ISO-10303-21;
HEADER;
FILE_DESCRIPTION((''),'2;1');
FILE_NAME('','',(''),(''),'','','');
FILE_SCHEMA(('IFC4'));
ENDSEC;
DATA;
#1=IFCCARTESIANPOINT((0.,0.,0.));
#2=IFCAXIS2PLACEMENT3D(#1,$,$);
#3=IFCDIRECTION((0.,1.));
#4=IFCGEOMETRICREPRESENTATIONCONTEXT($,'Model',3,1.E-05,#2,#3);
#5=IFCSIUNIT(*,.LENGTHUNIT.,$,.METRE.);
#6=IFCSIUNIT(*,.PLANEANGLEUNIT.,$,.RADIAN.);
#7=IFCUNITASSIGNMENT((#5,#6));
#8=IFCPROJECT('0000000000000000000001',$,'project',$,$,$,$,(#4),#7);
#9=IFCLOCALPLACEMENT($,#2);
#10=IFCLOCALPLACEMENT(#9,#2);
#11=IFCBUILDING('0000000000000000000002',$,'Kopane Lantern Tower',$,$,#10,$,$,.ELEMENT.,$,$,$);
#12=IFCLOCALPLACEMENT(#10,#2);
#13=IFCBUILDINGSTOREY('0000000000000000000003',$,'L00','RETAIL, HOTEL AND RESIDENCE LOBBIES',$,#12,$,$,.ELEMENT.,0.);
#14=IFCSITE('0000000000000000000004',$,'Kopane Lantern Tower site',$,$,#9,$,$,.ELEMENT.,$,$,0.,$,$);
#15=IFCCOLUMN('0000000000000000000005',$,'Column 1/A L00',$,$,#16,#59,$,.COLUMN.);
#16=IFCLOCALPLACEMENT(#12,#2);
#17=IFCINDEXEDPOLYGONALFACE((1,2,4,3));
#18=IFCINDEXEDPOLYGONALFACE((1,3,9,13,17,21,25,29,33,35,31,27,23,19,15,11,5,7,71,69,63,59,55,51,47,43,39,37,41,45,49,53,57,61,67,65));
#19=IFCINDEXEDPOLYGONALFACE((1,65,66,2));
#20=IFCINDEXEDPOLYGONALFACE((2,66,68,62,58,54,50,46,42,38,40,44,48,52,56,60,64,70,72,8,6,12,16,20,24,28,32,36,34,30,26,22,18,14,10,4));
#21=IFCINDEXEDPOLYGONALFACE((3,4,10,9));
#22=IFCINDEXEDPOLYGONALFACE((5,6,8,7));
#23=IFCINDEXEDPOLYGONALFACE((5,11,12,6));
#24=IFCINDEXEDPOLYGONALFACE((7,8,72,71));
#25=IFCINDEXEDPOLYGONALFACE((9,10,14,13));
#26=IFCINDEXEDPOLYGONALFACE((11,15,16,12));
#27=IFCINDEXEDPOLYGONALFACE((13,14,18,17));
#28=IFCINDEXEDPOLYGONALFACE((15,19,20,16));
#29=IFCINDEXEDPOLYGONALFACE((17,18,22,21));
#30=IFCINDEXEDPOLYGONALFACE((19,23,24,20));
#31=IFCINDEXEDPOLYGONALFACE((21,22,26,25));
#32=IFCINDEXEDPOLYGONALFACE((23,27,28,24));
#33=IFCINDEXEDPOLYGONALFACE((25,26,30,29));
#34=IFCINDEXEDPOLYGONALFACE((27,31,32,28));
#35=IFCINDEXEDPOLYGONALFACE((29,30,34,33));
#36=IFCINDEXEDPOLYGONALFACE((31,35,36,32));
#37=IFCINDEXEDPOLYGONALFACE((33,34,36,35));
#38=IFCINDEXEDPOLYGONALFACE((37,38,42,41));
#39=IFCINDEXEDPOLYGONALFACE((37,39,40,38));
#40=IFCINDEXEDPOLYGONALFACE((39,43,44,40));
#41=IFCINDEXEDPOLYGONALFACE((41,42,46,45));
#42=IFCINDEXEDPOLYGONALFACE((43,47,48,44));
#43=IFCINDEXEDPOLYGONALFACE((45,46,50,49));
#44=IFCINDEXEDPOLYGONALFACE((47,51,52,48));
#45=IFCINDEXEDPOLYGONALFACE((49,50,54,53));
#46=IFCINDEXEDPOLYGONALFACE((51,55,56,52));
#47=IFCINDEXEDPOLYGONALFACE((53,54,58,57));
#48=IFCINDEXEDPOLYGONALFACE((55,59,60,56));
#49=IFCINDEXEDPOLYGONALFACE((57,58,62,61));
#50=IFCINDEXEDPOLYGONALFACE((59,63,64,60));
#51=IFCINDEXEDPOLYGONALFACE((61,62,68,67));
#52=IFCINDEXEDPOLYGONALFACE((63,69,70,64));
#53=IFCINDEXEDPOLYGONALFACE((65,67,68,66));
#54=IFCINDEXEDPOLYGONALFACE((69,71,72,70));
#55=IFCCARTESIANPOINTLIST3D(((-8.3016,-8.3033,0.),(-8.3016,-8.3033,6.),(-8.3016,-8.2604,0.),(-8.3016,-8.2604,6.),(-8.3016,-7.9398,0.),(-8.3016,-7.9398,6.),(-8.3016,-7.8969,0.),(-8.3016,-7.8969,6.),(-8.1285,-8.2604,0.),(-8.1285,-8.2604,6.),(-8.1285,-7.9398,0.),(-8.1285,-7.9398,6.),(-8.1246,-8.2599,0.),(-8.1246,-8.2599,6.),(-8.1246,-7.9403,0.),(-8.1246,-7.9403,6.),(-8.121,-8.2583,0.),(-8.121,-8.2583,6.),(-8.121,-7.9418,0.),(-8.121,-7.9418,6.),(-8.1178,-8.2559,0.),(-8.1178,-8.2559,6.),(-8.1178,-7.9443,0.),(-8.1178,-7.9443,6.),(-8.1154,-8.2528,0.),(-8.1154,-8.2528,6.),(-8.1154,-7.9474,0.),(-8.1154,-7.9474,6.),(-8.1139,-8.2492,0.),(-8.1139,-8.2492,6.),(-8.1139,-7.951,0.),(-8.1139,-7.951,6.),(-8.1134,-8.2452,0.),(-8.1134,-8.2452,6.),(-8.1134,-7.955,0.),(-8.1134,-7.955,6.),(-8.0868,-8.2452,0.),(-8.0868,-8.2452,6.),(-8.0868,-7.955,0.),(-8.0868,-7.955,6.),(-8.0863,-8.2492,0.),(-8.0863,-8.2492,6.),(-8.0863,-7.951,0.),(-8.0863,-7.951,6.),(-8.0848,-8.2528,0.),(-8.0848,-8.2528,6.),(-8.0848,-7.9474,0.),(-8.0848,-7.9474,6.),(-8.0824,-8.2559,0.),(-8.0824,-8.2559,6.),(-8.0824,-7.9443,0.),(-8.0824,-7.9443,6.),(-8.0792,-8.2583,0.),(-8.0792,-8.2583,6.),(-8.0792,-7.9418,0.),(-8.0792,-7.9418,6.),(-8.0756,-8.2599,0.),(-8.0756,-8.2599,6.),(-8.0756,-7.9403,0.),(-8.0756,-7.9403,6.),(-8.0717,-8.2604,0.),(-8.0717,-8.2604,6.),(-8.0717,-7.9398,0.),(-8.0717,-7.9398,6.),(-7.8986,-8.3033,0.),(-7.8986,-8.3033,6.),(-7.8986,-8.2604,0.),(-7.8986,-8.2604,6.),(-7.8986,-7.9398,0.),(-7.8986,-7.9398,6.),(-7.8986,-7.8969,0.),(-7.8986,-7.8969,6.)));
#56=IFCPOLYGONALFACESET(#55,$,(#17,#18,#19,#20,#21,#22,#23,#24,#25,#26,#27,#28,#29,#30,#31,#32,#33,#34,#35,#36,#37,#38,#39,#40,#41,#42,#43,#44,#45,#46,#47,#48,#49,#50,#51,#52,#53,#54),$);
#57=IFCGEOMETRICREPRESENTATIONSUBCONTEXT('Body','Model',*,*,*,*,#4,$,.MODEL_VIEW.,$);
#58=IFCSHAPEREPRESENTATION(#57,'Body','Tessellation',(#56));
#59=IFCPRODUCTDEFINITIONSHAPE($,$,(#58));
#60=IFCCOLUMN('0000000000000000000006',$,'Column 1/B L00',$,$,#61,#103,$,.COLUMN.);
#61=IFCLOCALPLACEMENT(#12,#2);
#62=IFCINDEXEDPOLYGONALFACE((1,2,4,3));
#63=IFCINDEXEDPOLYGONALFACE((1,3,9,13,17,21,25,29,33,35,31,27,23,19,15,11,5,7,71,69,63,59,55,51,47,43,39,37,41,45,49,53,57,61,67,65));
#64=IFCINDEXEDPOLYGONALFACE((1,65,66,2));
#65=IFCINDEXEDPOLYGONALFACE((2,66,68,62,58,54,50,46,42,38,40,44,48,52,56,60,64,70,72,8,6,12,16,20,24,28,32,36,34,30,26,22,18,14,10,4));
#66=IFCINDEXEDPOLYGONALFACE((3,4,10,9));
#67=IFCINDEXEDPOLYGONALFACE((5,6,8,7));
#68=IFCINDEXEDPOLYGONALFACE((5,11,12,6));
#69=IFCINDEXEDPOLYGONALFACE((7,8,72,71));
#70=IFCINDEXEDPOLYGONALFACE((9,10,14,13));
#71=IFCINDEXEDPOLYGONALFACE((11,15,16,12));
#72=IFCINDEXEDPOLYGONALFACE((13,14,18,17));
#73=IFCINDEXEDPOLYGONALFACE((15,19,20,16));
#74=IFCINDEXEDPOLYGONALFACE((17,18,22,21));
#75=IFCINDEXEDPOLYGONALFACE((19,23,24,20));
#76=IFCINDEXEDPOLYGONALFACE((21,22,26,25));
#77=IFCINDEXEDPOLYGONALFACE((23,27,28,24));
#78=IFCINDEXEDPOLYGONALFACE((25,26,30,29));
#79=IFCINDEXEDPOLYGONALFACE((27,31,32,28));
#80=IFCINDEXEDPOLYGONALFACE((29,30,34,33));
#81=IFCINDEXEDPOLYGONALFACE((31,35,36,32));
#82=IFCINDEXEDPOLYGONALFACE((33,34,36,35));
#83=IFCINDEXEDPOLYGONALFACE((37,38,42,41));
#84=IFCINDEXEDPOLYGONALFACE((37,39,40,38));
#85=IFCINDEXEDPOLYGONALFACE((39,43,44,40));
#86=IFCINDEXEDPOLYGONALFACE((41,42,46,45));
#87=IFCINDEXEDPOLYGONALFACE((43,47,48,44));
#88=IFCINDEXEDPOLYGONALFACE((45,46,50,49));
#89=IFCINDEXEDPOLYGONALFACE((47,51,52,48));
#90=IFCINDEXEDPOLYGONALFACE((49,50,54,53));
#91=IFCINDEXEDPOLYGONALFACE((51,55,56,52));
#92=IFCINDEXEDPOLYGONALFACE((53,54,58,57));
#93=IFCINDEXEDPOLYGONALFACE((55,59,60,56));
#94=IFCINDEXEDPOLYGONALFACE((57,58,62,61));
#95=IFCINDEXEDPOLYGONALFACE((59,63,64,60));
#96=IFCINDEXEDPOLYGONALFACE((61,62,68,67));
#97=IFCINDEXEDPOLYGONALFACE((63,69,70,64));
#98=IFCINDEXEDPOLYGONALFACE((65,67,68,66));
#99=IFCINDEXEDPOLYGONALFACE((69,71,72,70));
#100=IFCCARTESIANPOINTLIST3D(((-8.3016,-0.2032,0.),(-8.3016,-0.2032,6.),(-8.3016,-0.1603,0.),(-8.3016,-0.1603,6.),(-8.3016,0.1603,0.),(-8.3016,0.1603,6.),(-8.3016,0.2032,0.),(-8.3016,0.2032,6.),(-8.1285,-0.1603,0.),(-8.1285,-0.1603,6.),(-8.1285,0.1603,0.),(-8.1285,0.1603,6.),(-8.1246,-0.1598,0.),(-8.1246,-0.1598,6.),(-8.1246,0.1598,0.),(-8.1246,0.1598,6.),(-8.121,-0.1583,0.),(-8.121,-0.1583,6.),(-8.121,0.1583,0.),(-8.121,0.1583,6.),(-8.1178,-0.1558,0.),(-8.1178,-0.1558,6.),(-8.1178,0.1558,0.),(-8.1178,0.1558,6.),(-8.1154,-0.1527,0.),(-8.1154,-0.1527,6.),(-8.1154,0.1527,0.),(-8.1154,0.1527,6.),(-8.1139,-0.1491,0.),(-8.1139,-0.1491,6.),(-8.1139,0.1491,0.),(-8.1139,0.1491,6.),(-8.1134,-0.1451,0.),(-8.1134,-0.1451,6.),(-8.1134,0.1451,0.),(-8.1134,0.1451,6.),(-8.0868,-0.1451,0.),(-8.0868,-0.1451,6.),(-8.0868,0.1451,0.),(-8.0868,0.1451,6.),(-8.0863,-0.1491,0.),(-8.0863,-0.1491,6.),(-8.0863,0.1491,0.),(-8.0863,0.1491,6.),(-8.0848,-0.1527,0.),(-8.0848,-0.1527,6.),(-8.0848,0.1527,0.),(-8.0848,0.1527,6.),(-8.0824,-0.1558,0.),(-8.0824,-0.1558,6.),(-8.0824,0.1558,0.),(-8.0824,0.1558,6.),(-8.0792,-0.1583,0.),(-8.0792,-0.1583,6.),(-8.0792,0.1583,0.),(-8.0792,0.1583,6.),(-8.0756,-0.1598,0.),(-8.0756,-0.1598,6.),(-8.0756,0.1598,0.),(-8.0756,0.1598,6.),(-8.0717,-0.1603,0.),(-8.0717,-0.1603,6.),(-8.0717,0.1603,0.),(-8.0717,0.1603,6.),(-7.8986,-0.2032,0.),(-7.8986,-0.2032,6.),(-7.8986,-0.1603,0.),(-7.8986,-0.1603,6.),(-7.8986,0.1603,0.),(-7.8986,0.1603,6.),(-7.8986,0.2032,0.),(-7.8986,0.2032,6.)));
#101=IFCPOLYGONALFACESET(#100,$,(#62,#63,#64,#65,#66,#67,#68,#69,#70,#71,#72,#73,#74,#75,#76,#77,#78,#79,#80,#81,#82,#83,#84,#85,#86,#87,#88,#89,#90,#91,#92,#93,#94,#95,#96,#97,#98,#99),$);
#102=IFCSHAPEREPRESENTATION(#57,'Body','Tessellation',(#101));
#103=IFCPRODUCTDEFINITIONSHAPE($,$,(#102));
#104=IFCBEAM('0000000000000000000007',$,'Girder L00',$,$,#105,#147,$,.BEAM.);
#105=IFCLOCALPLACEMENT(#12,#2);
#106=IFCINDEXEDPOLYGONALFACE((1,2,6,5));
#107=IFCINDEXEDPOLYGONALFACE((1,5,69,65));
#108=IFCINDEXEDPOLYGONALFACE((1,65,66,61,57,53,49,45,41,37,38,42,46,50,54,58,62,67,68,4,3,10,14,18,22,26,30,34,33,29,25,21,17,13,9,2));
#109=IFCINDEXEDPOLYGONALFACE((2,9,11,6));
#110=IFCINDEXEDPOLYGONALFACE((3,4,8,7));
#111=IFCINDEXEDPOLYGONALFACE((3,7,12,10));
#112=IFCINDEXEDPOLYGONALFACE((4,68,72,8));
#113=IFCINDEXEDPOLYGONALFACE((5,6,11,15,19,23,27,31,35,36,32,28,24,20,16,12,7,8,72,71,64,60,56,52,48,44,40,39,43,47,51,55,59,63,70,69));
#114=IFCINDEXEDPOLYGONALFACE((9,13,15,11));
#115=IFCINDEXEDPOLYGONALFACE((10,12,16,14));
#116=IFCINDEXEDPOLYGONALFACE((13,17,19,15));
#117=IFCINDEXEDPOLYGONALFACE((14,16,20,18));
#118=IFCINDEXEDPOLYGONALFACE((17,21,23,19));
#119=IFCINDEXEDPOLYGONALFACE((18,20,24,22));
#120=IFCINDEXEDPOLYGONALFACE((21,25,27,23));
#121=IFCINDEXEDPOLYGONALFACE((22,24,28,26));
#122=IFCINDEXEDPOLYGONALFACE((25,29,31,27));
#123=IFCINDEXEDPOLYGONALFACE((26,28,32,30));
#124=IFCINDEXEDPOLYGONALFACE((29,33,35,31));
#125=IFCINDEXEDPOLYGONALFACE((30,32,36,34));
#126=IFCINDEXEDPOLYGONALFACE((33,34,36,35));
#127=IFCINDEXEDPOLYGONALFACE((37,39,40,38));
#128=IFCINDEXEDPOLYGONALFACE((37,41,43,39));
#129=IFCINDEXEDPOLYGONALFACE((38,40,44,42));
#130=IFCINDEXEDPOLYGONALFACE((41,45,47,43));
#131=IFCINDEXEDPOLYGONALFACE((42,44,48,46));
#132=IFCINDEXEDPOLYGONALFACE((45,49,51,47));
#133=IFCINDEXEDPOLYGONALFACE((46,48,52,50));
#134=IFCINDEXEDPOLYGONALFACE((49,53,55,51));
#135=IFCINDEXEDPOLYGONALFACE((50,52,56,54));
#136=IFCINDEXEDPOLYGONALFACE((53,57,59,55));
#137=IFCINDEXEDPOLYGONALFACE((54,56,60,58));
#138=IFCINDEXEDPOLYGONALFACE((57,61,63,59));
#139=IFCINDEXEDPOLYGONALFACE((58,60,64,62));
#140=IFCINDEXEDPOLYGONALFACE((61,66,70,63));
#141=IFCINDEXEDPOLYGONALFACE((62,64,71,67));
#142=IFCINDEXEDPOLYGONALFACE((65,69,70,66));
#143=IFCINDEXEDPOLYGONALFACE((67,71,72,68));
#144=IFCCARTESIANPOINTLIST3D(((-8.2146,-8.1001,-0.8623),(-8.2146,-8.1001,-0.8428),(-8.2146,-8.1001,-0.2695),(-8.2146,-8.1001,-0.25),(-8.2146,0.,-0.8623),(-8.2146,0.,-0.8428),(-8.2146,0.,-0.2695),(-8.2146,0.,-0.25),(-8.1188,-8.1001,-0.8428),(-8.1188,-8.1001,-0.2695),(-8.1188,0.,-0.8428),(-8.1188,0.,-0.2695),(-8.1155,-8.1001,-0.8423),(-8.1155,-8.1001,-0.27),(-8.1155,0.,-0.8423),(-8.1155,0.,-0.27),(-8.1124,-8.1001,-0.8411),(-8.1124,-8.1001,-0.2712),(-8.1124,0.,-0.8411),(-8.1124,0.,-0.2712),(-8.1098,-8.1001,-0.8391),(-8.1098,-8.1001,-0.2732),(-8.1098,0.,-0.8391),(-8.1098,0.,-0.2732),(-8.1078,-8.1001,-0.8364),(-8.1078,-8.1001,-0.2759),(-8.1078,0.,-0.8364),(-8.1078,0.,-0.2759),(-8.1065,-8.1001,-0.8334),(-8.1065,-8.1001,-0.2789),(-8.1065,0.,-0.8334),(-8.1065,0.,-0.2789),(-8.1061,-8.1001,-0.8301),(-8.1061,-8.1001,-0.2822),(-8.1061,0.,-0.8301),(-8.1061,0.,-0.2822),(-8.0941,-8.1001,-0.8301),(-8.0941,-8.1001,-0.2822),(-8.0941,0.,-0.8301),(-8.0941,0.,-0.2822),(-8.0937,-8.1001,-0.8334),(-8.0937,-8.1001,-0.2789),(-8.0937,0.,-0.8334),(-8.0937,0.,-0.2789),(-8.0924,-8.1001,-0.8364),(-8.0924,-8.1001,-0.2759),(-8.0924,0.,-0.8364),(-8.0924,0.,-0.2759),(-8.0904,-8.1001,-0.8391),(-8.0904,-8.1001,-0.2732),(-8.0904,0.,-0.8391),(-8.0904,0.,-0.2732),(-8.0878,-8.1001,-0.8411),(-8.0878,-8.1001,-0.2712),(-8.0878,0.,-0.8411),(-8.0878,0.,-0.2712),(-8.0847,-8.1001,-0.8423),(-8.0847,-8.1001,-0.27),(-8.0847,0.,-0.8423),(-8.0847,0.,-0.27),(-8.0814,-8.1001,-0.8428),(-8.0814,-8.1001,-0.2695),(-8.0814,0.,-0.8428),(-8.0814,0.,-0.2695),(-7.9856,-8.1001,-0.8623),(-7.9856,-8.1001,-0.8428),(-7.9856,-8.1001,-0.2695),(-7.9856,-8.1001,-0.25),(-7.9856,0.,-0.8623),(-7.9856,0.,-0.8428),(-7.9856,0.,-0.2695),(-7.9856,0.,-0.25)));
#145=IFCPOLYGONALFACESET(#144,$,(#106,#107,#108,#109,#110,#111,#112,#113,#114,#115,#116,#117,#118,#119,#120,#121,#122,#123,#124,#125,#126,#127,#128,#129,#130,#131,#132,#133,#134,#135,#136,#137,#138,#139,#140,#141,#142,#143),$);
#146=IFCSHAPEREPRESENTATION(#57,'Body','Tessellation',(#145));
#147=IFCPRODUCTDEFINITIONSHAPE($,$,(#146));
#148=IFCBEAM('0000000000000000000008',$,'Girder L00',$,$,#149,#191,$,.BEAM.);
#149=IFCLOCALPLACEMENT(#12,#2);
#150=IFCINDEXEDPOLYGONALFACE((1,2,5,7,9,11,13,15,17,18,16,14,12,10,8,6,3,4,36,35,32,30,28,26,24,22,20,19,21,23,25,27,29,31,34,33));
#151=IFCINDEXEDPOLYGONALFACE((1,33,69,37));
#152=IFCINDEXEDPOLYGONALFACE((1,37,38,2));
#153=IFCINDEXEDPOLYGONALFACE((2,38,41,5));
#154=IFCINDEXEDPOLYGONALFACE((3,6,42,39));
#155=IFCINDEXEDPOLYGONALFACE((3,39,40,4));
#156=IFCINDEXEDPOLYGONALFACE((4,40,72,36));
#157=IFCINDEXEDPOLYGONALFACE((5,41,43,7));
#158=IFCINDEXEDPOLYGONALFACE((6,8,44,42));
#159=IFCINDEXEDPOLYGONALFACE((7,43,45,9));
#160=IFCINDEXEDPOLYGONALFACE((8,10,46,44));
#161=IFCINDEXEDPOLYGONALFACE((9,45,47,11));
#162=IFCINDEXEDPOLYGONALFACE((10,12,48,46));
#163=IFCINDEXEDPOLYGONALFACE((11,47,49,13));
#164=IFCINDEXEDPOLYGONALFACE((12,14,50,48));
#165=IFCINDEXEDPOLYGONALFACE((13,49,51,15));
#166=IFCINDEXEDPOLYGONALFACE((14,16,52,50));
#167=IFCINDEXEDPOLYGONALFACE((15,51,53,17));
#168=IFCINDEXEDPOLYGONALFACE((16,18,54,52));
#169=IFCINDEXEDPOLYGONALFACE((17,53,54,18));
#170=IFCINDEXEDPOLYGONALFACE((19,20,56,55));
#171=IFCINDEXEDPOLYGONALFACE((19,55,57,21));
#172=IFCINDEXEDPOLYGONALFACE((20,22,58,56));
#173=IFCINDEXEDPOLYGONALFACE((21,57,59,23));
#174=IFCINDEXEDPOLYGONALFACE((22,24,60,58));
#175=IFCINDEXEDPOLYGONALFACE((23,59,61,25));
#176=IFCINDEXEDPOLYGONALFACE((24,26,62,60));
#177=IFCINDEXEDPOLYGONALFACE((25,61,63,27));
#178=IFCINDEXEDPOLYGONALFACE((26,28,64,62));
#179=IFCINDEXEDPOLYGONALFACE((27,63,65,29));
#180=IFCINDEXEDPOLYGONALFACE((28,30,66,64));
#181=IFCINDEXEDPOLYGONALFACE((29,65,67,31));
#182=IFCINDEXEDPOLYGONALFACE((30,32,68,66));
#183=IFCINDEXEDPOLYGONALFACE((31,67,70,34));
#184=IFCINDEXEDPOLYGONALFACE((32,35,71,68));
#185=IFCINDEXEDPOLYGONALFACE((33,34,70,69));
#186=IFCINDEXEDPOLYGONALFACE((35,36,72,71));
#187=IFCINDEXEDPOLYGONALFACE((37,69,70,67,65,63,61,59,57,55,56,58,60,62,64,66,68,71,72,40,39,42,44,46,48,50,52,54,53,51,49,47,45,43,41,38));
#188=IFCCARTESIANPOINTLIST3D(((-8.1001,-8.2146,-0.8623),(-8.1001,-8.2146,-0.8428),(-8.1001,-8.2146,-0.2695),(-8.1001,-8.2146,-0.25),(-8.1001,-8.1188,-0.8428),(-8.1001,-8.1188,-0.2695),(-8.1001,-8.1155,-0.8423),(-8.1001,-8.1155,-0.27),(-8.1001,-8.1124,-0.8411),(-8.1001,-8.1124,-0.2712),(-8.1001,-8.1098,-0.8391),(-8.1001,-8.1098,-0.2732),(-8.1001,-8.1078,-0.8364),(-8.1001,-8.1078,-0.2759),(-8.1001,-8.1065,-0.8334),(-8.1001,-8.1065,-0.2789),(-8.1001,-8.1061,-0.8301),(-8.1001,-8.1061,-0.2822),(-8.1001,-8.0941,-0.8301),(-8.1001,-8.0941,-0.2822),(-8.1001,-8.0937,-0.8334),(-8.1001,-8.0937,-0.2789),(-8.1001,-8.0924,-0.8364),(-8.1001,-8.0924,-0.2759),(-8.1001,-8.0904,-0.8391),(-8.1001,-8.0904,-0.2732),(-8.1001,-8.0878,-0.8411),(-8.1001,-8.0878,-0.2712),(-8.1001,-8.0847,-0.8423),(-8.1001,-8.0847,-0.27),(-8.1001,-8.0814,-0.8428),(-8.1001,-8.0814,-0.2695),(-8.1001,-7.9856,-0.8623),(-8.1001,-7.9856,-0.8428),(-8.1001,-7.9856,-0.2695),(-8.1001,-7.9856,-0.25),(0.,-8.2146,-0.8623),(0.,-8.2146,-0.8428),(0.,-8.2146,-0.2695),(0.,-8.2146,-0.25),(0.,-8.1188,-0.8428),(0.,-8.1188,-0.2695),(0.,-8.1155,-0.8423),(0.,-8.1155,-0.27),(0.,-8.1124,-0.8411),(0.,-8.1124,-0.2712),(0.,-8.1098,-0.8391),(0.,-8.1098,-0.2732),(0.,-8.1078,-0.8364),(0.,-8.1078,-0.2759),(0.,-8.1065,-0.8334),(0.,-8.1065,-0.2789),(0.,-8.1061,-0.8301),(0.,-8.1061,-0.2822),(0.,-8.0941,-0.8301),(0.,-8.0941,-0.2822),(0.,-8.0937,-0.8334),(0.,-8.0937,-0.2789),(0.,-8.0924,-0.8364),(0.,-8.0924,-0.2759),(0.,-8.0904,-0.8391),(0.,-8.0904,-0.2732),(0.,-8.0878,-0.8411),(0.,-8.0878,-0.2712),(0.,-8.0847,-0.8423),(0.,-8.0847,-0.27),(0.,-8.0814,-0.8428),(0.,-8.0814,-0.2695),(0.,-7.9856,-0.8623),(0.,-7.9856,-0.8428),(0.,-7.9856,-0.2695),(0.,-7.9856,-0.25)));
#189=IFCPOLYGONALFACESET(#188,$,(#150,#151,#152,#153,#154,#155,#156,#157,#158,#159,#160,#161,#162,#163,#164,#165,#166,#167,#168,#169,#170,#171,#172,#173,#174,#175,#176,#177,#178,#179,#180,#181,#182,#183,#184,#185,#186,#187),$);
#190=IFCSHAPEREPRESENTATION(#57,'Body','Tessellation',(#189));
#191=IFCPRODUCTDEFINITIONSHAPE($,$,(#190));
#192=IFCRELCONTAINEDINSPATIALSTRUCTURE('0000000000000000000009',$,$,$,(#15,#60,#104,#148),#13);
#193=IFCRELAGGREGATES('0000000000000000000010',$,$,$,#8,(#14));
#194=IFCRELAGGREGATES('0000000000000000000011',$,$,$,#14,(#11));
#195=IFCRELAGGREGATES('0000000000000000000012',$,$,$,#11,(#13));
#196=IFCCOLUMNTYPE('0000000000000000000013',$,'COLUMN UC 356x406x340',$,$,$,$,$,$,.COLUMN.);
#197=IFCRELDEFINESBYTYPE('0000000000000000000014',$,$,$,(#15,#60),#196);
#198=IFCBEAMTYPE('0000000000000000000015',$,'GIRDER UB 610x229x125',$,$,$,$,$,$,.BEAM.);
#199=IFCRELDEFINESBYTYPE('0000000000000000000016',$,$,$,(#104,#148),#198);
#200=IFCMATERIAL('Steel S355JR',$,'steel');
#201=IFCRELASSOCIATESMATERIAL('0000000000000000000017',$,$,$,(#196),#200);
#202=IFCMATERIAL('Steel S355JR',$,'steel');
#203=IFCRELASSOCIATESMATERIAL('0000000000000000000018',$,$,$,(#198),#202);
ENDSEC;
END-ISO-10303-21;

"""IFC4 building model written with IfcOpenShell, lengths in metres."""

from ifc_helpers import new_model, si_unit, direction, frame, origin, origin_2d, place, context, subcontext, project, spatial, i_section, extrude, material, material_profile, profile_set, type_object, element, save


model = new_model("IFC4")

# Units and contexts
model_context = context("Model", 3, precision=1e-05, world=origin(), true_north=direction((0.0, 1.0)))
body_context = subcontext(model_context, "Body", "Model", "MODEL_VIEW")
ifc_project = project(units=[si_unit("LENGTHUNIT", "METRE"), si_unit("PLANEANGLEUNIT", "RADIAN")], contexts=[model_context])

# Site, building, storey
site_placement = place(None, origin())
site = spatial("IfcSite", under=ifc_project, at=site_placement, Name="Kopane Lantern Tower site", CompositionType="ELEMENT", RefElevation=0.0)
building_placement = place(site_placement, origin())
building = spatial("IfcBuilding", under=site, at=building_placement, Name="Kopane Lantern Tower", CompositionType="ELEMENT")
storey_placement = place(building_placement, origin())
storey = spatial("IfcBuildingStorey", under=building, at=storey_placement, Name="L00", Description="RETAIL, HOTEL AND RESIDENCE LOBBIES", CompositionType="ELEMENT", Elevation=0.0)

# Columns
ifc_material_1 = material(Name="Steel S355JR", Category="steel")
ifc_material_profile_1 = material_profile(ifc_material_1, i_section(OverallWidth=0.4031, OverallDepth=0.4065, WebThickness=0.0266, FlangeThickness=0.043, FilletRadius=0.0151, at=origin_2d()), Name="UC 356x406x340")
ifc_profile_set_1 = profile_set([ifc_material_profile_1], Name="Steel S355JR")
column_type = type_object("IfcColumnType", Name="COLUMN UC 356x406x340", PredefinedType="COLUMN", material=ifc_profile_set_1)
for number, where, z_axis, x_axis, name in (
    (1, (-8.1001, -8.1001, 0.0), (0.0, 0.0, 1.0), (1.0, 0.0, 0.0), "Column 1/A L00"),
    (2, (-8.1001, 0.0, 0.0), (0.0, 0.0, 1.0), (1.0, 0.0, 0.0), "Column 1/B L00"),
):
    element("IfcColumn", number, at=place(storey_placement, frame(where, z_axis=z_axis, x_axis=x_axis)), inside=storey, type_object=column_type, Name=name, PredefinedType="COLUMN", context=body_context, shape_type="SweptSolid", body=[
        extrude(i_section(OverallWidth=0.4031, OverallDepth=0.4065, WebThickness=0.0266, FlangeThickness=0.043, FilletRadius=0.0151, at=origin_2d()), origin(), (0.0, 0.0, 1.0), 6.0),
    ])

# Beams
ifc_material_2 = material(Name="Steel S355JR", Category="steel")
ifc_material_profile_2 = material_profile(ifc_material_2, i_section(OverallWidth=0.229, OverallDepth=0.6123, WebThickness=0.012, FlangeThickness=0.0195, FilletRadius=0.0127, at=origin_2d()), Name="UB 610x229x125")
ifc_profile_set_2 = profile_set([ifc_material_profile_2], Name="Steel S355JR")
beam_type = type_object("IfcBeamType", Name="GIRDER UB 610x229x125", PredefinedType="BEAM", material=ifc_profile_set_2)
for number, where, z_axis, x_axis, name in (
    (3, (-8.1001, -8.1001, -0.5562), (0.0, 1.0, 0.0), (-1.0, 0.0, 0.0), "Girder L00"),
    (4, (-8.1001, -8.1001, -0.5562), (1.0, 0.0, 0.0), (0.0, 1.0, 0.0), "Girder L00"),
):
    element("IfcBeam", number, at=place(storey_placement, frame(where, z_axis=z_axis, x_axis=x_axis)), inside=storey, type_object=beam_type, Name=name, PredefinedType="BEAM", context=body_context, shape_type="SweptSolid", body=[
        extrude(i_section(OverallWidth=0.229, OverallDepth=0.6123, WebThickness=0.012, FlangeThickness=0.0195, FilletRadius=0.0127, at=origin_2d()), origin(), (0.0, 0.0, 1.0), 8.1001),
    ])

save(model, "model.ifc")
